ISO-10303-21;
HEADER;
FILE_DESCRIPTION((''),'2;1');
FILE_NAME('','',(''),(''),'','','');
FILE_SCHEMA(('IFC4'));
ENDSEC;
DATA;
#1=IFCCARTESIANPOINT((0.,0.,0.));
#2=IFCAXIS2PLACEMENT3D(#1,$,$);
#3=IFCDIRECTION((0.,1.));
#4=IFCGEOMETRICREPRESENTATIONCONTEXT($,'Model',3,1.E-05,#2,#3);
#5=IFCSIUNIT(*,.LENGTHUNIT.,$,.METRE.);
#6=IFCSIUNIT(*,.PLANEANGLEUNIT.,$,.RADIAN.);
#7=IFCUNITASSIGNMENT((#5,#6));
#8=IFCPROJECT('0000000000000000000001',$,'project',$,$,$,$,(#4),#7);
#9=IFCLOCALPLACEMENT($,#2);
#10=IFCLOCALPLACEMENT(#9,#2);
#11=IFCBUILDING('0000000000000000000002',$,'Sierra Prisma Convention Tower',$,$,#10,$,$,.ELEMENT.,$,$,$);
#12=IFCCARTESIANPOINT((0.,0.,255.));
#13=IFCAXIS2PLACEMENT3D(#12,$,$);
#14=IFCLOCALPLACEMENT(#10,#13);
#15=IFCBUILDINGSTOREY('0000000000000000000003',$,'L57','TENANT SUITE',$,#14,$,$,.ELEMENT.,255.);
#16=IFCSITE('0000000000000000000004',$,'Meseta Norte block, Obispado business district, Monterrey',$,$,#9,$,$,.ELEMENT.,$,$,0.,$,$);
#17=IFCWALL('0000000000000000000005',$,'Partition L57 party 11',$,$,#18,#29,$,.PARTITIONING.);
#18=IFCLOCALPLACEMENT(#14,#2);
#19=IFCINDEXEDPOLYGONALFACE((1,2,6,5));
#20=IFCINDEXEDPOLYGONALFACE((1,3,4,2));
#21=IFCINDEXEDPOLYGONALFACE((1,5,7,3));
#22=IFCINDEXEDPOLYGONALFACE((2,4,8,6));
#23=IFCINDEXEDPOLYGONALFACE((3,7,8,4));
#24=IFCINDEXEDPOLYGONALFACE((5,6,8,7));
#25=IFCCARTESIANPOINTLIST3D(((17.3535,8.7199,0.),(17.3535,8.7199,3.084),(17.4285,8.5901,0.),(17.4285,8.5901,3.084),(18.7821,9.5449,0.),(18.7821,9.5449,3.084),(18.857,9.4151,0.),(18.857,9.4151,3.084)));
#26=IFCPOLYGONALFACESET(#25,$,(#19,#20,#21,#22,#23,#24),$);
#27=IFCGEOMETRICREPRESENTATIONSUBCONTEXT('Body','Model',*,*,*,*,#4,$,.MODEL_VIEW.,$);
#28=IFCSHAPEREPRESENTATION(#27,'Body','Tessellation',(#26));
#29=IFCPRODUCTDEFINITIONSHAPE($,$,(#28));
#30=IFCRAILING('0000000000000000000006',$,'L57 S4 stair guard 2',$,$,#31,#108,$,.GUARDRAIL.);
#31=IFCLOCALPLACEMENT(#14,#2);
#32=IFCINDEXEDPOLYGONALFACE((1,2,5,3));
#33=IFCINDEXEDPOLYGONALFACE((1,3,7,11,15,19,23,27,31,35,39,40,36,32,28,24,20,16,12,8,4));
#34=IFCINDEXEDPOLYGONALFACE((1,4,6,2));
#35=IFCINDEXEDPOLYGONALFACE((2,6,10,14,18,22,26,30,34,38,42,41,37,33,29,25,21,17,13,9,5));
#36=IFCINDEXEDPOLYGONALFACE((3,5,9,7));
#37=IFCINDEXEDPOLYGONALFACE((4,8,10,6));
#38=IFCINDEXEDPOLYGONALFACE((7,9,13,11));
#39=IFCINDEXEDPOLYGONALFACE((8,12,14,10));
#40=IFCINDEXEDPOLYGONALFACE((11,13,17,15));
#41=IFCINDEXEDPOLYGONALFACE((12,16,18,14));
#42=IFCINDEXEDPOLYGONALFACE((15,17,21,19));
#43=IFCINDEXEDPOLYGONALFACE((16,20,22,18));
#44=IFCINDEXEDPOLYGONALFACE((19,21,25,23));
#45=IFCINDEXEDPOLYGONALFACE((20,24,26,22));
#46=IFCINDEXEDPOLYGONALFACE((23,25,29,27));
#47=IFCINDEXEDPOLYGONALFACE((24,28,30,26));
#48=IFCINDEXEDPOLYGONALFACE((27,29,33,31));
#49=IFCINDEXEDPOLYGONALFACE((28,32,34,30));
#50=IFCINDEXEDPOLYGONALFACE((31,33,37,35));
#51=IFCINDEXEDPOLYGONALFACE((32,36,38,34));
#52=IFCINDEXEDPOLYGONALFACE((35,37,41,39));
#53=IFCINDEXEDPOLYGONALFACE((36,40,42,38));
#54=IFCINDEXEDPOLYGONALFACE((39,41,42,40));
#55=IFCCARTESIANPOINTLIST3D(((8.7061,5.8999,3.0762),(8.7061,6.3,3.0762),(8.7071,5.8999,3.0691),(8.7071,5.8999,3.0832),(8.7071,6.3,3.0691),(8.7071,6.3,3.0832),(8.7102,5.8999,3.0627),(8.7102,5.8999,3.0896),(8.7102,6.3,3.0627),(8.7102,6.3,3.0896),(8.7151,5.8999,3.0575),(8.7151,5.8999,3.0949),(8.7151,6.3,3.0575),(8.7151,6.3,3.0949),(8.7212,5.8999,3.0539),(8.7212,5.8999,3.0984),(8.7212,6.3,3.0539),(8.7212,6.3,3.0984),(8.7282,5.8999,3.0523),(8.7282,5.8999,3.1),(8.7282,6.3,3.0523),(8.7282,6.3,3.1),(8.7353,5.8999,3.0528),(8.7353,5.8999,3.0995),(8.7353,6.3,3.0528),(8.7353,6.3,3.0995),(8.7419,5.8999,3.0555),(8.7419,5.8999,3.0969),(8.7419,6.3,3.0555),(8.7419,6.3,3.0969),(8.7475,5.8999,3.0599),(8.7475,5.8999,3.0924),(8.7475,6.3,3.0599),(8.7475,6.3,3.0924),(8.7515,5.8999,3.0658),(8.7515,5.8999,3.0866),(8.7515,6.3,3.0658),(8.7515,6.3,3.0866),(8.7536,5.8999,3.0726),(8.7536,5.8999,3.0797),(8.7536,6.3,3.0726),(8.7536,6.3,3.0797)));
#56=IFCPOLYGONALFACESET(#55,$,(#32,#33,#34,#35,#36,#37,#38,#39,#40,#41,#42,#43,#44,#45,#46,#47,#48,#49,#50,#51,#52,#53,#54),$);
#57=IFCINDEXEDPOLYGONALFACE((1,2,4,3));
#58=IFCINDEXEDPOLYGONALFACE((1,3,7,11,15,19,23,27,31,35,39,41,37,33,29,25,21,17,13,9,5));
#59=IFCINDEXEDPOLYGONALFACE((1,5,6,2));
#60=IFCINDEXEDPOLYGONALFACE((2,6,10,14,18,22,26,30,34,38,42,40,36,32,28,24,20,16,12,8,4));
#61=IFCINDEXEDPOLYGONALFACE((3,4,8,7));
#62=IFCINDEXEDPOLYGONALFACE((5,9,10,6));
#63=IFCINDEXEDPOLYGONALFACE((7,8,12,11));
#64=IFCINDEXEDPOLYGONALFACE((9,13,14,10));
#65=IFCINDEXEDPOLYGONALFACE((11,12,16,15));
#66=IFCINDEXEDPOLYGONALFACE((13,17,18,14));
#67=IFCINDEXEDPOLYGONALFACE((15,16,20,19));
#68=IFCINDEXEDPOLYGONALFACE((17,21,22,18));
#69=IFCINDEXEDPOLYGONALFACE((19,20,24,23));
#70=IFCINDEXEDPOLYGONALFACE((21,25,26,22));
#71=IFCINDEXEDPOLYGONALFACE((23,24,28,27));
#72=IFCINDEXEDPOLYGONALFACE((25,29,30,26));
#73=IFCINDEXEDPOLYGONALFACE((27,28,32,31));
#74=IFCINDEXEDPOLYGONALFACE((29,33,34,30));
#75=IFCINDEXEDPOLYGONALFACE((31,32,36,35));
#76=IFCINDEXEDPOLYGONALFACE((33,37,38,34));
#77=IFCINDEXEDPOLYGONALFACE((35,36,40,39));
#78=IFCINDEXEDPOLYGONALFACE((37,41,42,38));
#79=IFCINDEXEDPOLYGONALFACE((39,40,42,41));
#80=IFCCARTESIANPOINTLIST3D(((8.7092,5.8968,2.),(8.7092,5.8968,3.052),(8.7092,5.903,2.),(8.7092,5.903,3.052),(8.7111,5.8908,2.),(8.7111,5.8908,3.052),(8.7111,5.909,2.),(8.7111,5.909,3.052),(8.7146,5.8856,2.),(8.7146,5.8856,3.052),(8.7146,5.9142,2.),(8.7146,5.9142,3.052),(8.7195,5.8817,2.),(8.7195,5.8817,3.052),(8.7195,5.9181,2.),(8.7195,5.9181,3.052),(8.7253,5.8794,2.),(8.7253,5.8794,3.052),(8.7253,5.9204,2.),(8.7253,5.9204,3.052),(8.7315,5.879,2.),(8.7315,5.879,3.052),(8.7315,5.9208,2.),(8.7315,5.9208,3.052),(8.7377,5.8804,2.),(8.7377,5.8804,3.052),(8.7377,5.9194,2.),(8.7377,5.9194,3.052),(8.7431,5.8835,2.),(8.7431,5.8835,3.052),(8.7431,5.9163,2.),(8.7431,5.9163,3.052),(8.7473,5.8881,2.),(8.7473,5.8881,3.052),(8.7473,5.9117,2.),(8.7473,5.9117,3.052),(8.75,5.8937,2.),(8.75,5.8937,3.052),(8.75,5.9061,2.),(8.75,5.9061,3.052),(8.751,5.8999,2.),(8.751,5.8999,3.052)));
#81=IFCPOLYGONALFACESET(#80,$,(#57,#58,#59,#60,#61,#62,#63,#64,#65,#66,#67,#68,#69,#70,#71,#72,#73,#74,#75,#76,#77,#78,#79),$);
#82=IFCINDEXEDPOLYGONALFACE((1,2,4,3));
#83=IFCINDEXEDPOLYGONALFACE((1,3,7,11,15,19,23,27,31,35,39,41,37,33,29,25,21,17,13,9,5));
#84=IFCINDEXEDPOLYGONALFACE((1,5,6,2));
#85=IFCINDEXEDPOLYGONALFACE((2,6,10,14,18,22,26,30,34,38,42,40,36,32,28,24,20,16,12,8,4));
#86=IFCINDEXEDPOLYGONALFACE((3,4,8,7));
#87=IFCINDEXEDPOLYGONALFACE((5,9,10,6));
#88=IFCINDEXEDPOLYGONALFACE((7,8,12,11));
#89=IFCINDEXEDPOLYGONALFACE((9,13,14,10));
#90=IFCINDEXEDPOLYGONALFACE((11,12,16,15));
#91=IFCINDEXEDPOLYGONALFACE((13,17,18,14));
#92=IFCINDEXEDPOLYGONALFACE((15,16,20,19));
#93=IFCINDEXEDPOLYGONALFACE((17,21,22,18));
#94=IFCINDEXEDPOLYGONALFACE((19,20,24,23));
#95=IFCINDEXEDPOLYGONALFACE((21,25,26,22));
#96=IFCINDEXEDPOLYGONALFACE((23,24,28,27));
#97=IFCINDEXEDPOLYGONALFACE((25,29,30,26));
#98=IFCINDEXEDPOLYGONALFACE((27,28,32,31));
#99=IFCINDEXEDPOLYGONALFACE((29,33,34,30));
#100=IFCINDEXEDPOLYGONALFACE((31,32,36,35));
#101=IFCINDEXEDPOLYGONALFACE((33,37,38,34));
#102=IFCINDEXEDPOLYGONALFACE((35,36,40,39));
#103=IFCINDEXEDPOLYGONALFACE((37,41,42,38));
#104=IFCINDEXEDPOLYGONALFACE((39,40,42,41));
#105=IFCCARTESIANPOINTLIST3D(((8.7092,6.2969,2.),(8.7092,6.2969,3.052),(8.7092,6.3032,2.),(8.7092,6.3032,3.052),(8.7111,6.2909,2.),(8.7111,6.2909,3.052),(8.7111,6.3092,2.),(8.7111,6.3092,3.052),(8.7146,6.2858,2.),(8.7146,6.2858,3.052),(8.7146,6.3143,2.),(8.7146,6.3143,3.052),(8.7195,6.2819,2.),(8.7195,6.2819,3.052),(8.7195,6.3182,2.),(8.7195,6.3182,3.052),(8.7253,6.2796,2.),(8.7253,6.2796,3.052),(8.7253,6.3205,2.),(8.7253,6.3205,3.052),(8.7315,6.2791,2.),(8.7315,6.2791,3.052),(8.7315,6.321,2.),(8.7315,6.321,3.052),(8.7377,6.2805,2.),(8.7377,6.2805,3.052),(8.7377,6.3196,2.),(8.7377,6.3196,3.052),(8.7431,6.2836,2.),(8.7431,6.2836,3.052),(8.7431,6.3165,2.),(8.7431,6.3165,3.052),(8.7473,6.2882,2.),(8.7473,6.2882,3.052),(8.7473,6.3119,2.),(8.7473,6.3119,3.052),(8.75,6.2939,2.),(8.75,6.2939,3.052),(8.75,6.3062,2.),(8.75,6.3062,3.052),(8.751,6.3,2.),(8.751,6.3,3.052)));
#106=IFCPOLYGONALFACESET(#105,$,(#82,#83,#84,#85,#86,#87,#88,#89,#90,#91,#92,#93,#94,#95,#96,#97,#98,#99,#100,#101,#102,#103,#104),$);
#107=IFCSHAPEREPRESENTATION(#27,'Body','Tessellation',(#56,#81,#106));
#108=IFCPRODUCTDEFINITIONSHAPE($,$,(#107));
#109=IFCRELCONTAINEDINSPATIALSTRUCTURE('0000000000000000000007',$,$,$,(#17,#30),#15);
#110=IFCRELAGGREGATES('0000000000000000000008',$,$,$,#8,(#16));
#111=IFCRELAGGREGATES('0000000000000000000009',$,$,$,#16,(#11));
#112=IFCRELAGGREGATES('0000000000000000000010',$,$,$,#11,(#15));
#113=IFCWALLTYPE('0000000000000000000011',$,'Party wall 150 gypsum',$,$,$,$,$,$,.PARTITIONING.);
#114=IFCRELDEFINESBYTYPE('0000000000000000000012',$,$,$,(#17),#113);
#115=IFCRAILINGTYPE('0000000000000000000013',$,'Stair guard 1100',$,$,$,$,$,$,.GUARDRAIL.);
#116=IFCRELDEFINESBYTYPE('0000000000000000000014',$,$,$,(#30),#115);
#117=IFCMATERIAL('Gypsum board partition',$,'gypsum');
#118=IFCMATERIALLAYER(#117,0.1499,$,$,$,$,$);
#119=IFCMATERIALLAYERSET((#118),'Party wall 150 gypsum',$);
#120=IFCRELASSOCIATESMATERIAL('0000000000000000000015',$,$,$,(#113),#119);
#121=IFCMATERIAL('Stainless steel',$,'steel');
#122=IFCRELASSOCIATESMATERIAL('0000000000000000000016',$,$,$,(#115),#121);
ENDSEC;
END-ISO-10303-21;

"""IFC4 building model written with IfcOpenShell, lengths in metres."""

from ifc_helpers import new_model, si_unit, direction, frame, frame_2d, origin, origin_2d, place, context, subcontext, project, spatial, rectangle, circle, extrude, material, layer, layer_set, type_object, element, save


model = new_model("IFC4")

# Units and contexts
model_context = context("Model", 3, precision=1e-05, world=origin(), true_north=direction((0.0, 1.0)))
body_context = subcontext(model_context, "Body", "Model", "MODEL_VIEW")
ifc_project = project(units=[si_unit("LENGTHUNIT", "METRE"), si_unit("PLANEANGLEUNIT", "RADIAN")], contexts=[model_context])

# Site, building, storey
site_placement = place(None, origin())
site = spatial("IfcSite", under=ifc_project, at=site_placement, Name="Meseta Norte block, Obispado business district, Monterrey", CompositionType="ELEMENT", RefElevation=0.0)
building_placement = place(site_placement, origin())
building = spatial("IfcBuilding", under=site, at=building_placement, Name="Sierra Prisma Convention Tower", CompositionType="ELEMENT")
storey_placement = place(building_placement, frame((0.0, 0.0, 255.0)))
storey = spatial("IfcBuildingStorey", under=building, at=storey_placement, Name="L57", Description="TENANT SUITE", CompositionType="ELEMENT", Elevation=255.0)

# Wall
ifc_material_1 = material(Name="Gypsum board partition", Category="gypsum")
ifc_layer_1 = layer(ifc_material_1, 0.1499)
ifc_layer_set_1 = layer_set([ifc_layer_1], Name="Party wall 150 gypsum")
wall_type_1 = type_object("IfcWallType", Name="Party wall 150 gypsum", PredefinedType="PARTITIONING", material=ifc_layer_set_1)
wall_1_placement = place(storey_placement, frame((17.3911, 8.655, 0.0), z_axis=(0.0, 0.0, 1.0), x_axis=(0.865966, 0.500103, 0.0)))
element("IfcWall", 1, at=wall_1_placement, inside=storey, type_object=wall_type_1, Name="Partition L57 party 11", PredefinedType="PARTITIONING", context=body_context, shape_type="SweptSolid", body=[
    extrude(rectangle(XDim=1.6497, YDim=0.1499, at=frame_2d((0.8247, 0.0))), origin(), (0.0, 0.0, 1.0), 3.084),
])

# Railing
ifc_material_2 = material(Name="Stainless steel", Category="steel")
railing_type = type_object("IfcRailingType", Name="Stair guard 1100", PredefinedType="GUARDRAIL", material=ifc_material_2)
railing_placement = place(storey_placement, frame((8.73, 5.8999, 2.0)))
element("IfcRailing", 2, at=railing_placement, inside=storey, type_object=railing_type, Name="L57 S4 stair guard 2", PredefinedType="GUARDRAIL", context=body_context, shape_type="SweptSolid", body=[
    extrude(circle(Radius=0.0239, at=origin_2d()), frame((0.0, 0.0, 1.0762), z_axis=(0.0, 1.0, 0.0), x_axis=(-1.0, 0.0, 0.0)), (0.0, 0.0, 1.0), 0.4001),
    extrude(circle(Radius=0.021, at=origin_2d()), origin(), (0.0, 0.0, 1.0), 1.052),
    extrude(circle(Radius=0.021, at=origin_2d()), frame((0.0, 0.4001, 0.0)), (0.0, 0.0, 1.0), 1.052),
])

save(model, "model.ifc")
